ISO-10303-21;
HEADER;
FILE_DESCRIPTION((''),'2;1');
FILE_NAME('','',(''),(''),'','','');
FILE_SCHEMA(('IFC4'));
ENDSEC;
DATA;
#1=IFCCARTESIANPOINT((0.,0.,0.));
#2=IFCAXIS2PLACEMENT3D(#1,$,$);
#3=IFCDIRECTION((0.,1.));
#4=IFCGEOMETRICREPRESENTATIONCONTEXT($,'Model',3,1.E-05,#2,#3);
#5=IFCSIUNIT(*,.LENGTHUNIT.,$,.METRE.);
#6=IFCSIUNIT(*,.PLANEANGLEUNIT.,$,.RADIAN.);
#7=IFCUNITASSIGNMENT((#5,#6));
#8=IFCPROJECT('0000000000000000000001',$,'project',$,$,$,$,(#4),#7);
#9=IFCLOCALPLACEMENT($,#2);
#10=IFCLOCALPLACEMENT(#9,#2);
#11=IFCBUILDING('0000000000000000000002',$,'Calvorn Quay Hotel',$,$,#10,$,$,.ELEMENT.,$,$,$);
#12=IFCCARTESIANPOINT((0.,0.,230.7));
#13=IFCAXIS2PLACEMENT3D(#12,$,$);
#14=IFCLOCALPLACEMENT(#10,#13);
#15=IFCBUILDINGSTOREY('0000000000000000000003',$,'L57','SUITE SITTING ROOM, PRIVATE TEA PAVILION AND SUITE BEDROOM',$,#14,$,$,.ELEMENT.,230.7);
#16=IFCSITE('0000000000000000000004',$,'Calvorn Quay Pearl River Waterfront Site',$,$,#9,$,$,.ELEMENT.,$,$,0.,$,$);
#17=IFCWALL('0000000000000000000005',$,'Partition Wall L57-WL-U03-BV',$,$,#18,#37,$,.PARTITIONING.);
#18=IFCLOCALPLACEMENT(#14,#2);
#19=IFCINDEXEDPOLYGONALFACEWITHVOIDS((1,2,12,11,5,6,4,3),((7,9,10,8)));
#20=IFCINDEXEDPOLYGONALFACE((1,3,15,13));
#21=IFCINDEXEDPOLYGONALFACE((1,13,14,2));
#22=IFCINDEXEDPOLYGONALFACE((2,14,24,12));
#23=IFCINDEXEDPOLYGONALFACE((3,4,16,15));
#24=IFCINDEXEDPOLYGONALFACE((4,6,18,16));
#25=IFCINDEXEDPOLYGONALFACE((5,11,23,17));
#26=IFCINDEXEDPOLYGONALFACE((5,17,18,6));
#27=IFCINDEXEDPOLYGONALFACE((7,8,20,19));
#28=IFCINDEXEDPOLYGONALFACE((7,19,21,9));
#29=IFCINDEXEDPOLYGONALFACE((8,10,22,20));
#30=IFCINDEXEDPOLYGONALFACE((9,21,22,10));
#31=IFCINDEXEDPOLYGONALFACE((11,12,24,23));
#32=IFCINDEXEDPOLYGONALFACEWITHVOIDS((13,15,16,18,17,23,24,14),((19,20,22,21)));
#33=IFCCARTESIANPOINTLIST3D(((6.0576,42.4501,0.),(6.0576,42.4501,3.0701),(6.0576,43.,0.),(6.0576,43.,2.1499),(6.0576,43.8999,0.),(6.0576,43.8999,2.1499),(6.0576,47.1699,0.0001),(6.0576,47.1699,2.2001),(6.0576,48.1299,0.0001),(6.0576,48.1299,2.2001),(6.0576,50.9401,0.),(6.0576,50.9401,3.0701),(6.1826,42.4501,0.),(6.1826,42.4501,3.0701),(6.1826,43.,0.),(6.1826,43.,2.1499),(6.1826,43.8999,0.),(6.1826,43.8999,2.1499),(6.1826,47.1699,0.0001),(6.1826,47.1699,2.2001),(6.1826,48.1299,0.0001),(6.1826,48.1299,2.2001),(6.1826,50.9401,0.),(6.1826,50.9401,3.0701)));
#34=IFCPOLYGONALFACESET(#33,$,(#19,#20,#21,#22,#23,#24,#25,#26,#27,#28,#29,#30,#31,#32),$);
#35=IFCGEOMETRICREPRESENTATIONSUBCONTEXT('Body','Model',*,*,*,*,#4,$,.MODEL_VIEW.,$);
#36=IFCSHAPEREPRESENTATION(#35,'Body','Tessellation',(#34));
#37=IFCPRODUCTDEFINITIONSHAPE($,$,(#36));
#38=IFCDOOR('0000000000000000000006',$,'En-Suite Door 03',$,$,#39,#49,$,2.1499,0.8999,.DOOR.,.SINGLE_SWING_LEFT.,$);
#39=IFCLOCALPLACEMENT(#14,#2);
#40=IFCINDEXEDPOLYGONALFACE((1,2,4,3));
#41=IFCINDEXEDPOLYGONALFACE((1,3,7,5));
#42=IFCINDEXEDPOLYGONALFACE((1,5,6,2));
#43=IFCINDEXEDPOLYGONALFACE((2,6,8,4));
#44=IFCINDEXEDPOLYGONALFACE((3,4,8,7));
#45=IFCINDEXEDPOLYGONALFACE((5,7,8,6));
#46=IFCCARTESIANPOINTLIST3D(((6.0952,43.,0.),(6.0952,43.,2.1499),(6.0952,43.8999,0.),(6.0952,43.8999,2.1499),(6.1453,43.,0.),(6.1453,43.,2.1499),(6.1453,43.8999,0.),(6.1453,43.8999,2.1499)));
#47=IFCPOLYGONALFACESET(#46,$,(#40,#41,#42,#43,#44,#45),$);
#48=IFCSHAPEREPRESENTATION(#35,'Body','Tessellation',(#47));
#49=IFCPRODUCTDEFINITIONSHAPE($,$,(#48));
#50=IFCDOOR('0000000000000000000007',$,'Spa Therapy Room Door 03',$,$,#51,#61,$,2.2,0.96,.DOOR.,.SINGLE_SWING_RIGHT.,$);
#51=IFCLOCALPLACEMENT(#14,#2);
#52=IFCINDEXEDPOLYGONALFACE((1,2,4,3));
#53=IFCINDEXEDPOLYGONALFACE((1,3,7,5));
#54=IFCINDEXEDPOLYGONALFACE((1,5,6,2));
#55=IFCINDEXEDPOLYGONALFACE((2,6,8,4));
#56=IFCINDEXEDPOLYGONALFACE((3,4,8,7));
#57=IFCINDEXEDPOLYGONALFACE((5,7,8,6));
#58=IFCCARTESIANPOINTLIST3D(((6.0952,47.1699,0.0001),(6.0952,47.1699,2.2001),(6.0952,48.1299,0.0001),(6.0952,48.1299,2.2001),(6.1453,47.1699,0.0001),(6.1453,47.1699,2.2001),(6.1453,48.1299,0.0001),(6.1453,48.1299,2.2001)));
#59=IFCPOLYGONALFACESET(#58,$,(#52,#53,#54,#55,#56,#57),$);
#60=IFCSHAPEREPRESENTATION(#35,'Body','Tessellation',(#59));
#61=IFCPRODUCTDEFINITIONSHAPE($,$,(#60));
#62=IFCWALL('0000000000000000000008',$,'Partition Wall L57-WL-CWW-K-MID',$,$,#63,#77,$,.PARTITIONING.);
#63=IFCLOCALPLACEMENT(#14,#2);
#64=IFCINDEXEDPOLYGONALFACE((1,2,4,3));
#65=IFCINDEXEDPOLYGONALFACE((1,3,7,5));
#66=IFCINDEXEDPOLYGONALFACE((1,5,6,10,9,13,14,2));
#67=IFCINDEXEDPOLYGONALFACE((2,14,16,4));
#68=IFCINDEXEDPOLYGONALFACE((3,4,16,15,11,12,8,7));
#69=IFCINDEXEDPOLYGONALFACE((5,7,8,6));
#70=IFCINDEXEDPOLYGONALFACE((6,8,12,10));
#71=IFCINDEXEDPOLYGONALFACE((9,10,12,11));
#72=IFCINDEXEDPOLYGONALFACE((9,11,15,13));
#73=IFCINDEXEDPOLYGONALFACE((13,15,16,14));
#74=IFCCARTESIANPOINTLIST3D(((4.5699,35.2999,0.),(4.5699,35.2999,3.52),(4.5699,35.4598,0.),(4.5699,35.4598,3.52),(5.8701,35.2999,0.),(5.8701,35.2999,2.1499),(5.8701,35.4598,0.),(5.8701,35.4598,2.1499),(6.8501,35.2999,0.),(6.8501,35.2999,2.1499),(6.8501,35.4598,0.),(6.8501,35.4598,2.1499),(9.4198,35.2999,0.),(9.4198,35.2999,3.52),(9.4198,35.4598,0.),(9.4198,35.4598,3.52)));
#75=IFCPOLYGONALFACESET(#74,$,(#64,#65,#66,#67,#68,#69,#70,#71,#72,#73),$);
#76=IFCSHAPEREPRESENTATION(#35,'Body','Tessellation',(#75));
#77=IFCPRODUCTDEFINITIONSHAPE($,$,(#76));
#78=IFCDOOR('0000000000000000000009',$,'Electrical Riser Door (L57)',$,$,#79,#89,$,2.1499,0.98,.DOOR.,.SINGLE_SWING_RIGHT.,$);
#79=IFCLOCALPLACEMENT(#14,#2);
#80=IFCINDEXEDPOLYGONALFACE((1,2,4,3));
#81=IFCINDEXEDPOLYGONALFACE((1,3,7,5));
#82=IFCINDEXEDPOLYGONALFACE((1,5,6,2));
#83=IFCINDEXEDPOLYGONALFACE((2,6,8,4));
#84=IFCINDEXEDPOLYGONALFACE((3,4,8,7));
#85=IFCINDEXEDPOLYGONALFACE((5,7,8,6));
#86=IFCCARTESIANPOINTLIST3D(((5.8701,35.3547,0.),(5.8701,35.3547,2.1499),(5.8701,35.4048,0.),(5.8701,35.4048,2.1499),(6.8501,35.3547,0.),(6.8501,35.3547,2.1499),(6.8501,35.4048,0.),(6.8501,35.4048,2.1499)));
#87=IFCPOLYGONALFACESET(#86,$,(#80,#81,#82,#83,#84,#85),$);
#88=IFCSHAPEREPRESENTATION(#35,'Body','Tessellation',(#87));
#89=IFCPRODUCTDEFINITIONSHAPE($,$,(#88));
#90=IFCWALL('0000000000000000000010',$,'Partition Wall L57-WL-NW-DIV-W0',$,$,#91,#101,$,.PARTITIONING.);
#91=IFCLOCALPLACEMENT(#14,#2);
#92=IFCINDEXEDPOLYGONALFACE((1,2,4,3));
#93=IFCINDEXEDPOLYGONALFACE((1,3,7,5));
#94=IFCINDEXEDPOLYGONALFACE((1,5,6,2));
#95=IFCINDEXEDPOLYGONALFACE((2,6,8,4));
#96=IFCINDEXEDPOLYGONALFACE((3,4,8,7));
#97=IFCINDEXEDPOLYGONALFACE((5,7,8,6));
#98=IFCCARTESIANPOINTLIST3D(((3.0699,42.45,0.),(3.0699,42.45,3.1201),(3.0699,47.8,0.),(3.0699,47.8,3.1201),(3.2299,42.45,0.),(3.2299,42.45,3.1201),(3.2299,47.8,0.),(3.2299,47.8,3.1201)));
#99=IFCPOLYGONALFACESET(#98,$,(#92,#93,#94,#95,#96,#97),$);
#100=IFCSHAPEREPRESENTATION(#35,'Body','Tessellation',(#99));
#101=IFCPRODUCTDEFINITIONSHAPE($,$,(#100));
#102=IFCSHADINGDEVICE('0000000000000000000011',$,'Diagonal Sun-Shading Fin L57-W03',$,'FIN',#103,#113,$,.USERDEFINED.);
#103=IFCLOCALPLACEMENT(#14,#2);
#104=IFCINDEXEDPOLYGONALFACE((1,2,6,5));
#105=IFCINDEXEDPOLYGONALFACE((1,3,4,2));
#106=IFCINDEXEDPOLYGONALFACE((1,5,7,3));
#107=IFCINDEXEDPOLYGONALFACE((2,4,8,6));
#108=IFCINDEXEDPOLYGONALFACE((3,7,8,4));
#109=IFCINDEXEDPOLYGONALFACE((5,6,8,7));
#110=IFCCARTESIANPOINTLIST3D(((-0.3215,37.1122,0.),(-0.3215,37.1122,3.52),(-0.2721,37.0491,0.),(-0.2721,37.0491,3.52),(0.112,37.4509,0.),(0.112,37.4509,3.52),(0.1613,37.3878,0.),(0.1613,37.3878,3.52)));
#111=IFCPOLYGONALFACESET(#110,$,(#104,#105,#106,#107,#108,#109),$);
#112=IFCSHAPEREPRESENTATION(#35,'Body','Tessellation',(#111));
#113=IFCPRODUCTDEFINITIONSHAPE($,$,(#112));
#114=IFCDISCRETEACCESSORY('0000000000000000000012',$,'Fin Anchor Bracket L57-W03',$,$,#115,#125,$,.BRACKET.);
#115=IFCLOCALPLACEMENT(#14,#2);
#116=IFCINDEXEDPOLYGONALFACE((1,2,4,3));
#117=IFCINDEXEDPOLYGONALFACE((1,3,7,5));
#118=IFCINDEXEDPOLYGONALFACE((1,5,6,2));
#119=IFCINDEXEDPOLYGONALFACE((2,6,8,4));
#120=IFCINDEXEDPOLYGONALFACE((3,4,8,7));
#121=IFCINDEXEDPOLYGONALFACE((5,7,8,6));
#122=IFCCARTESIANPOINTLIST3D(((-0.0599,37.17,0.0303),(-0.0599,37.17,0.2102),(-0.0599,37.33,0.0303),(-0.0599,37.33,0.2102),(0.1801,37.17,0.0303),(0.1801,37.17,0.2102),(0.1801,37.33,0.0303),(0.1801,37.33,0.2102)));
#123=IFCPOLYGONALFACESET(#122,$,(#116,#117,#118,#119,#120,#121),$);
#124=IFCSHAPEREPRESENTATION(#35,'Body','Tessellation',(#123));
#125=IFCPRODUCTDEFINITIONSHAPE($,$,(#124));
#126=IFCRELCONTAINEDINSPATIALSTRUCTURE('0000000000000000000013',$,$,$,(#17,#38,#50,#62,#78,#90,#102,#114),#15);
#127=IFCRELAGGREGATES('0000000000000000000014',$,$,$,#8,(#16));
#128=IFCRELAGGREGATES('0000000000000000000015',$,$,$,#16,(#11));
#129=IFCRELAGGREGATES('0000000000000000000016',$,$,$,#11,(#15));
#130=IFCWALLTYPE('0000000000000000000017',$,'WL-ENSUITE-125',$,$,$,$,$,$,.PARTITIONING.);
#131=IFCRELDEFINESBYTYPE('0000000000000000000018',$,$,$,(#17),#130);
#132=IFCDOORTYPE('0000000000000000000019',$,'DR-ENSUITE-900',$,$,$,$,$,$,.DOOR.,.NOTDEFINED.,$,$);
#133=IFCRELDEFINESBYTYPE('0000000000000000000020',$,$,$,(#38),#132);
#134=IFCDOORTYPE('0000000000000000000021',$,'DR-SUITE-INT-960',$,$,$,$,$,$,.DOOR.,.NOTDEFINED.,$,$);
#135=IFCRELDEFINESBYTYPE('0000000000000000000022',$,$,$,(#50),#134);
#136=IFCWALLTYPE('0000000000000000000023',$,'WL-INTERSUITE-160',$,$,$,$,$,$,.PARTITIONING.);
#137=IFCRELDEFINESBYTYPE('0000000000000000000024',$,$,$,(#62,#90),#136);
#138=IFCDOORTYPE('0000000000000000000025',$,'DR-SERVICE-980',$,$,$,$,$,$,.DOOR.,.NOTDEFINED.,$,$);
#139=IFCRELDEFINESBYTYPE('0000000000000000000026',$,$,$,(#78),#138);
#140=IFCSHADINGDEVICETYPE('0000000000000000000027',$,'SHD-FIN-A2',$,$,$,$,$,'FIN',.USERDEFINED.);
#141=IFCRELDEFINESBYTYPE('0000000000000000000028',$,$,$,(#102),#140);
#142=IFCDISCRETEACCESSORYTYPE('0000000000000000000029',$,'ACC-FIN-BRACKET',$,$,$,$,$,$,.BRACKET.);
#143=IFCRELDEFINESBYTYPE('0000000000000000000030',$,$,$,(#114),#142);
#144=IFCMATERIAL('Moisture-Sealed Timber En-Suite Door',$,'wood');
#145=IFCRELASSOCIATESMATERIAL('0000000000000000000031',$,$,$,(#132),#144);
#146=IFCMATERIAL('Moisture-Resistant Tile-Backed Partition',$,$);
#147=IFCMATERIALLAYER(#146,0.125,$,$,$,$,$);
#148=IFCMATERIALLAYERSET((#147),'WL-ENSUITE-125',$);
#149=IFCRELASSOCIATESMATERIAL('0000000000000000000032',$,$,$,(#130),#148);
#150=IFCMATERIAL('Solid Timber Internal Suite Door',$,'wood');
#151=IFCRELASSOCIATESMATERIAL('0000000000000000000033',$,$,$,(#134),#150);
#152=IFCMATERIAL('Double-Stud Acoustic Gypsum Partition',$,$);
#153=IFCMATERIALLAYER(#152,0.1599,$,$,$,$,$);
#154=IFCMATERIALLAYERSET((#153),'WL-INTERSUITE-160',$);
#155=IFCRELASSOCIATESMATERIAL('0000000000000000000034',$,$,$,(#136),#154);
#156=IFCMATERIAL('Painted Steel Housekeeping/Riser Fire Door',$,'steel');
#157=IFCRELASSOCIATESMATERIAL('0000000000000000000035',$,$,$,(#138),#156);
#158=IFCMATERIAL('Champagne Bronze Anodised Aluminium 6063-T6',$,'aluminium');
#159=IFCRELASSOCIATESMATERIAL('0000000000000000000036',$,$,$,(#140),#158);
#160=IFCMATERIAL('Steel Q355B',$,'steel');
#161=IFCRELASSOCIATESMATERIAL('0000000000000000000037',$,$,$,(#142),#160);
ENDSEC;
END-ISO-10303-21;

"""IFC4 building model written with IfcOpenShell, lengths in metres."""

from ifc_helpers import new_model, si_unit, direction, frame, frame_2d, origin, origin_2d, place, context, subcontext, project, spatial, rectangle, extrude, material, layer, layer_set, type_object, element, fill, save


model = new_model("IFC4")

# Units and contexts
model_context = context("Model", 3, precision=1e-05, world=origin(), true_north=direction((0.0, 1.0)))
body_context = subcontext(model_context, "Body", "Model", "MODEL_VIEW")
ifc_project = project(units=[si_unit("LENGTHUNIT", "METRE"), si_unit("PLANEANGLEUNIT", "RADIAN")], contexts=[model_context])

# Site, building, storey
site_placement = place(None, origin())
site = spatial("IfcSite", under=ifc_project, at=site_placement, Name="Calvorn Quay Pearl River Waterfront Site", CompositionType="ELEMENT", RefElevation=0.0)
building_placement = place(site_placement, origin())
building = spatial("IfcBuilding", under=site, at=building_placement, Name="Calvorn Quay Hotel", CompositionType="ELEMENT")
storey_placement = place(building_placement, frame((0.0, 0.0, 230.7)))
storey = spatial("IfcBuildingStorey", under=building, at=storey_placement, Name="L57", Description="SUITE SITTING ROOM, PRIVATE TEA PAVILION AND SUITE BEDROOM", CompositionType="ELEMENT", Elevation=230.7)

# Shared definitions
ifc_material_1 = material(Name="Moisture-Sealed Timber En-Suite Door", Category="wood")
door_type_1 = type_object("IfcDoorType", Name="DR-ENSUITE-900", OperationType="NOTDEFINED", PredefinedType="DOOR", material=ifc_material_1)

# Wall, openings, doors
ifc_material_2 = material(Name="Moisture-Resistant Tile-Backed Partition")
ifc_layer_1 = layer(ifc_material_2, 0.125)
ifc_layer_set_1 = layer_set([ifc_layer_1], Name="WL-ENSUITE-125")
wall_type_1 = type_object("IfcWallType", Name="WL-ENSUITE-125", PredefinedType="PARTITIONING", material=ifc_layer_set_1)
wall_1_placement = place(storey_placement, frame((6.1201, 42.45, 0.0), z_axis=(0.0, 0.0, 1.0), x_axis=(0.0, 1.0, 0.0)))
wall_1 = element("IfcWall", 1, at=wall_1_placement, inside=storey, type_object=wall_type_1, Name="Partition Wall L57-WL-U03-BV", PredefinedType="PARTITIONING", context=body_context, shape_type="SweptSolid", body=[
    extrude(rectangle(XDim=8.49, YDim=0.125, at=frame_2d((4.2451, 0.0))), origin(), (0.0, 0.0, 1.0), 3.0701),
])
opening_1_placement = place(wall_1_placement, frame((0.55, 0.0, 0.0)))
opening_1 = element("IfcOpeningElement", 2, at=opening_1_placement, cuts=wall_1, PredefinedType="OPENING", context=body_context, shape_type="SweptSolid", body=[
    extrude(rectangle(XDim=0.8999, YDim=2.1499, at=frame_2d((0.45, 1.075))), frame((0.0, 0.0725, 0.0), z_axis=(0.0, -1.0, 0.0), x_axis=(1.0, 0.0, 0.0)), (0.0, 0.0, 1.0), 0.145),
])
opening_2_placement = place(wall_1_placement, frame((4.72, 0.0, 0.0)))
opening_2 = element("IfcOpeningElement", 3, at=opening_2_placement, cuts=wall_1, PredefinedType="OPENING", context=body_context, shape_type="SweptSolid", body=[
    extrude(rectangle(XDim=0.96, YDim=2.2, at=frame_2d((0.48, 1.1001))), frame((0.0, 0.0725, 0.0), z_axis=(0.0, -1.0, 0.0), x_axis=(1.0, 0.0, 0.0)), (0.0, 0.0, 1.0), 0.145),
])
door_1_placement = place(opening_1_placement, origin())
door_1 = element("IfcDoor", 4, at=door_1_placement, inside=storey, type_object=door_type_1, Name="En-Suite Door 03", OperationType="SINGLE_SWING_LEFT", OverallHeight=2.1499, OverallWidth=0.8999, PredefinedType="DOOR", context=body_context, shape_type="SweptSolid", body=[
    extrude(rectangle(XDim=0.8999, YDim=2.1499, at=frame_2d((0.45, 1.075))), frame((0.0, 0.0249, 0.0), z_axis=(0.0, -1.0, 0.0), x_axis=(1.0, 0.0, 0.0)), (0.0, 0.0, 1.0), 0.05),
])
fill(opening_1, door_1)
ifc_material_3 = material(Name="Solid Timber Internal Suite Door", Category="wood")
door_type_2 = type_object("IfcDoorType", Name="DR-SUITE-INT-960", OperationType="NOTDEFINED", PredefinedType="DOOR", material=ifc_material_3)
door_2_placement = place(opening_2_placement, origin())
door_2 = element("IfcDoor", 5, at=door_2_placement, inside=storey, type_object=door_type_2, Name="Spa Therapy Room Door 03", OperationType="SINGLE_SWING_RIGHT", OverallHeight=2.2, OverallWidth=0.96, PredefinedType="DOOR", context=body_context, shape_type="SweptSolid", body=[
    extrude(rectangle(XDim=0.96, YDim=2.2, at=frame_2d((0.48, 1.1001))), frame((0.0, 0.0249, 0.0), z_axis=(0.0, -1.0, 0.0), x_axis=(1.0, 0.0, 0.0)), (0.0, 0.0, 1.0), 0.05),
])
fill(opening_2, door_2)

# Wall, opening, door
ifc_material_4 = material(Name="Double-Stud Acoustic Gypsum Partition")
ifc_layer_2 = layer(ifc_material_4, 0.1599)
ifc_layer_set_2 = layer_set([ifc_layer_2], Name="WL-INTERSUITE-160")
wall_type_2 = type_object("IfcWallType", Name="WL-INTERSUITE-160", PredefinedType="PARTITIONING", material=ifc_layer_set_2)
wall_2_placement = place(storey_placement, frame((4.5701, 35.3799, 0.0), z_axis=(0.0, 0.0, 1.0), x_axis=(1.0, 0.0, 0.0)))
wall_2 = element("IfcWall", 6, at=wall_2_placement, inside=storey, type_object=wall_type_2, Name="Partition Wall L57-WL-CWW-K-MID", PredefinedType="PARTITIONING", context=body_context, shape_type="SweptSolid", body=[
    extrude(rectangle(XDim=4.8499, YDim=0.1599, at=frame_2d((2.4248, 0.0))), origin(), (0.0, 0.0, 1.0), 3.52),
])
opening_3_placement = place(wall_2_placement, frame((1.3, 0.0, 0.0)))
opening_3 = element("IfcOpeningElement", 7, at=opening_3_placement, cuts=wall_2, PredefinedType="OPENING", context=body_context, shape_type="SweptSolid", body=[
    extrude(rectangle(XDim=0.98, YDim=2.1499, at=frame_2d((0.49, 1.075))), frame((0.0, 0.0898, 0.0), z_axis=(0.0, -1.0, 0.0), x_axis=(1.0, 0.0, 0.0)), (0.0, 0.0, 1.0), 0.1799),
])
ifc_material_5 = material(Name="Painted Steel Housekeeping/Riser Fire Door", Category="steel")
door_type_3 = type_object("IfcDoorType", Name="DR-SERVICE-980", OperationType="NOTDEFINED", PredefinedType="DOOR", material=ifc_material_5)
door_3_placement = place(opening_3_placement, origin())
door_3 = element("IfcDoor", 8, at=door_3_placement, inside=storey, type_object=door_type_3, Name="Electrical Riser Door (L57)", OperationType="SINGLE_SWING_RIGHT", OverallHeight=2.1499, OverallWidth=0.98, PredefinedType="DOOR", context=body_context, shape_type="SweptSolid", body=[
    extrude(rectangle(XDim=0.98, YDim=2.1499, at=frame_2d((0.49, 1.075))), frame((0.0, 0.0249, 0.0), z_axis=(0.0, -1.0, 0.0), x_axis=(1.0, 0.0, 0.0)), (0.0, 0.0, 1.0), 0.05),
])
fill(opening_3, door_3)

# Wall
wall_3_placement = place(storey_placement, frame((3.1499, 42.45, 0.0), z_axis=(0.0, 0.0, 1.0), x_axis=(0.0, 1.0, 0.0)))
element("IfcWall", 9, at=wall_3_placement, inside=storey, type_object=wall_type_2, Name="Partition Wall L57-WL-NW-DIV-W0", PredefinedType="PARTITIONING", context=body_context, shape_type="SweptSolid", body=[
    extrude(rectangle(XDim=5.3501, YDim=0.1599, at=frame_2d((2.675, 0.0))), origin(), (0.0, 0.0, 1.0), 3.1201),
])

# Shading device
ifc_material_6 = material(Name="Champagne Bronze Anodised Aluminium 6063-T6", Category="aluminium")
shading_device_type = type_object("IfcShadingDeviceType", Name="SHD-FIN-A2", ElementType="FIN", PredefinedType="USERDEFINED", material=ifc_material_6)
shading_device_placement = place(storey_placement, frame((-0.0801, 37.25, 0.0), z_axis=(0.0, 0.0, 1.0), x_axis=(0.788011, 0.615661, 0.0)))
element("IfcShadingDevice", 10, at=shading_device_placement, inside=storey, type_object=shading_device_type, Name="Diagonal Sun-Shading Fin L57-W03", ObjectType="FIN", PredefinedType="USERDEFINED", context=body_context, shape_type="SweptSolid", body=[
    extrude(rectangle(XDim=0.55, YDim=0.0801, at=origin_2d()), origin(), (0.0, 0.0, 1.0), 3.52),
])

# Discrete accessory
ifc_material_7 = material(Name="Steel Q355B", Category="steel")
discrete_accessory_type = type_object("IfcDiscreteAccessoryType", Name="ACC-FIN-BRACKET", PredefinedType="BRACKET", material=ifc_material_7)
discrete_accessory_placement = place(storey_placement, frame((0.0601, 37.25, 0.0303), z_axis=(0.0, 0.0, 1.0), x_axis=(1.0, 0.0, 0.0)))
element("IfcDiscreteAccessory", 11, at=discrete_accessory_placement, inside=storey, type_object=discrete_accessory_type, Name="Fin Anchor Bracket L57-W03", PredefinedType="BRACKET", context=body_context, shape_type="SweptSolid", body=[
    extrude(rectangle(XDim=0.24, YDim=0.1599, at=origin_2d()), origin(), (0.0, 0.0, 1.0), 0.1799),
])

save(model, "model.ifc")
